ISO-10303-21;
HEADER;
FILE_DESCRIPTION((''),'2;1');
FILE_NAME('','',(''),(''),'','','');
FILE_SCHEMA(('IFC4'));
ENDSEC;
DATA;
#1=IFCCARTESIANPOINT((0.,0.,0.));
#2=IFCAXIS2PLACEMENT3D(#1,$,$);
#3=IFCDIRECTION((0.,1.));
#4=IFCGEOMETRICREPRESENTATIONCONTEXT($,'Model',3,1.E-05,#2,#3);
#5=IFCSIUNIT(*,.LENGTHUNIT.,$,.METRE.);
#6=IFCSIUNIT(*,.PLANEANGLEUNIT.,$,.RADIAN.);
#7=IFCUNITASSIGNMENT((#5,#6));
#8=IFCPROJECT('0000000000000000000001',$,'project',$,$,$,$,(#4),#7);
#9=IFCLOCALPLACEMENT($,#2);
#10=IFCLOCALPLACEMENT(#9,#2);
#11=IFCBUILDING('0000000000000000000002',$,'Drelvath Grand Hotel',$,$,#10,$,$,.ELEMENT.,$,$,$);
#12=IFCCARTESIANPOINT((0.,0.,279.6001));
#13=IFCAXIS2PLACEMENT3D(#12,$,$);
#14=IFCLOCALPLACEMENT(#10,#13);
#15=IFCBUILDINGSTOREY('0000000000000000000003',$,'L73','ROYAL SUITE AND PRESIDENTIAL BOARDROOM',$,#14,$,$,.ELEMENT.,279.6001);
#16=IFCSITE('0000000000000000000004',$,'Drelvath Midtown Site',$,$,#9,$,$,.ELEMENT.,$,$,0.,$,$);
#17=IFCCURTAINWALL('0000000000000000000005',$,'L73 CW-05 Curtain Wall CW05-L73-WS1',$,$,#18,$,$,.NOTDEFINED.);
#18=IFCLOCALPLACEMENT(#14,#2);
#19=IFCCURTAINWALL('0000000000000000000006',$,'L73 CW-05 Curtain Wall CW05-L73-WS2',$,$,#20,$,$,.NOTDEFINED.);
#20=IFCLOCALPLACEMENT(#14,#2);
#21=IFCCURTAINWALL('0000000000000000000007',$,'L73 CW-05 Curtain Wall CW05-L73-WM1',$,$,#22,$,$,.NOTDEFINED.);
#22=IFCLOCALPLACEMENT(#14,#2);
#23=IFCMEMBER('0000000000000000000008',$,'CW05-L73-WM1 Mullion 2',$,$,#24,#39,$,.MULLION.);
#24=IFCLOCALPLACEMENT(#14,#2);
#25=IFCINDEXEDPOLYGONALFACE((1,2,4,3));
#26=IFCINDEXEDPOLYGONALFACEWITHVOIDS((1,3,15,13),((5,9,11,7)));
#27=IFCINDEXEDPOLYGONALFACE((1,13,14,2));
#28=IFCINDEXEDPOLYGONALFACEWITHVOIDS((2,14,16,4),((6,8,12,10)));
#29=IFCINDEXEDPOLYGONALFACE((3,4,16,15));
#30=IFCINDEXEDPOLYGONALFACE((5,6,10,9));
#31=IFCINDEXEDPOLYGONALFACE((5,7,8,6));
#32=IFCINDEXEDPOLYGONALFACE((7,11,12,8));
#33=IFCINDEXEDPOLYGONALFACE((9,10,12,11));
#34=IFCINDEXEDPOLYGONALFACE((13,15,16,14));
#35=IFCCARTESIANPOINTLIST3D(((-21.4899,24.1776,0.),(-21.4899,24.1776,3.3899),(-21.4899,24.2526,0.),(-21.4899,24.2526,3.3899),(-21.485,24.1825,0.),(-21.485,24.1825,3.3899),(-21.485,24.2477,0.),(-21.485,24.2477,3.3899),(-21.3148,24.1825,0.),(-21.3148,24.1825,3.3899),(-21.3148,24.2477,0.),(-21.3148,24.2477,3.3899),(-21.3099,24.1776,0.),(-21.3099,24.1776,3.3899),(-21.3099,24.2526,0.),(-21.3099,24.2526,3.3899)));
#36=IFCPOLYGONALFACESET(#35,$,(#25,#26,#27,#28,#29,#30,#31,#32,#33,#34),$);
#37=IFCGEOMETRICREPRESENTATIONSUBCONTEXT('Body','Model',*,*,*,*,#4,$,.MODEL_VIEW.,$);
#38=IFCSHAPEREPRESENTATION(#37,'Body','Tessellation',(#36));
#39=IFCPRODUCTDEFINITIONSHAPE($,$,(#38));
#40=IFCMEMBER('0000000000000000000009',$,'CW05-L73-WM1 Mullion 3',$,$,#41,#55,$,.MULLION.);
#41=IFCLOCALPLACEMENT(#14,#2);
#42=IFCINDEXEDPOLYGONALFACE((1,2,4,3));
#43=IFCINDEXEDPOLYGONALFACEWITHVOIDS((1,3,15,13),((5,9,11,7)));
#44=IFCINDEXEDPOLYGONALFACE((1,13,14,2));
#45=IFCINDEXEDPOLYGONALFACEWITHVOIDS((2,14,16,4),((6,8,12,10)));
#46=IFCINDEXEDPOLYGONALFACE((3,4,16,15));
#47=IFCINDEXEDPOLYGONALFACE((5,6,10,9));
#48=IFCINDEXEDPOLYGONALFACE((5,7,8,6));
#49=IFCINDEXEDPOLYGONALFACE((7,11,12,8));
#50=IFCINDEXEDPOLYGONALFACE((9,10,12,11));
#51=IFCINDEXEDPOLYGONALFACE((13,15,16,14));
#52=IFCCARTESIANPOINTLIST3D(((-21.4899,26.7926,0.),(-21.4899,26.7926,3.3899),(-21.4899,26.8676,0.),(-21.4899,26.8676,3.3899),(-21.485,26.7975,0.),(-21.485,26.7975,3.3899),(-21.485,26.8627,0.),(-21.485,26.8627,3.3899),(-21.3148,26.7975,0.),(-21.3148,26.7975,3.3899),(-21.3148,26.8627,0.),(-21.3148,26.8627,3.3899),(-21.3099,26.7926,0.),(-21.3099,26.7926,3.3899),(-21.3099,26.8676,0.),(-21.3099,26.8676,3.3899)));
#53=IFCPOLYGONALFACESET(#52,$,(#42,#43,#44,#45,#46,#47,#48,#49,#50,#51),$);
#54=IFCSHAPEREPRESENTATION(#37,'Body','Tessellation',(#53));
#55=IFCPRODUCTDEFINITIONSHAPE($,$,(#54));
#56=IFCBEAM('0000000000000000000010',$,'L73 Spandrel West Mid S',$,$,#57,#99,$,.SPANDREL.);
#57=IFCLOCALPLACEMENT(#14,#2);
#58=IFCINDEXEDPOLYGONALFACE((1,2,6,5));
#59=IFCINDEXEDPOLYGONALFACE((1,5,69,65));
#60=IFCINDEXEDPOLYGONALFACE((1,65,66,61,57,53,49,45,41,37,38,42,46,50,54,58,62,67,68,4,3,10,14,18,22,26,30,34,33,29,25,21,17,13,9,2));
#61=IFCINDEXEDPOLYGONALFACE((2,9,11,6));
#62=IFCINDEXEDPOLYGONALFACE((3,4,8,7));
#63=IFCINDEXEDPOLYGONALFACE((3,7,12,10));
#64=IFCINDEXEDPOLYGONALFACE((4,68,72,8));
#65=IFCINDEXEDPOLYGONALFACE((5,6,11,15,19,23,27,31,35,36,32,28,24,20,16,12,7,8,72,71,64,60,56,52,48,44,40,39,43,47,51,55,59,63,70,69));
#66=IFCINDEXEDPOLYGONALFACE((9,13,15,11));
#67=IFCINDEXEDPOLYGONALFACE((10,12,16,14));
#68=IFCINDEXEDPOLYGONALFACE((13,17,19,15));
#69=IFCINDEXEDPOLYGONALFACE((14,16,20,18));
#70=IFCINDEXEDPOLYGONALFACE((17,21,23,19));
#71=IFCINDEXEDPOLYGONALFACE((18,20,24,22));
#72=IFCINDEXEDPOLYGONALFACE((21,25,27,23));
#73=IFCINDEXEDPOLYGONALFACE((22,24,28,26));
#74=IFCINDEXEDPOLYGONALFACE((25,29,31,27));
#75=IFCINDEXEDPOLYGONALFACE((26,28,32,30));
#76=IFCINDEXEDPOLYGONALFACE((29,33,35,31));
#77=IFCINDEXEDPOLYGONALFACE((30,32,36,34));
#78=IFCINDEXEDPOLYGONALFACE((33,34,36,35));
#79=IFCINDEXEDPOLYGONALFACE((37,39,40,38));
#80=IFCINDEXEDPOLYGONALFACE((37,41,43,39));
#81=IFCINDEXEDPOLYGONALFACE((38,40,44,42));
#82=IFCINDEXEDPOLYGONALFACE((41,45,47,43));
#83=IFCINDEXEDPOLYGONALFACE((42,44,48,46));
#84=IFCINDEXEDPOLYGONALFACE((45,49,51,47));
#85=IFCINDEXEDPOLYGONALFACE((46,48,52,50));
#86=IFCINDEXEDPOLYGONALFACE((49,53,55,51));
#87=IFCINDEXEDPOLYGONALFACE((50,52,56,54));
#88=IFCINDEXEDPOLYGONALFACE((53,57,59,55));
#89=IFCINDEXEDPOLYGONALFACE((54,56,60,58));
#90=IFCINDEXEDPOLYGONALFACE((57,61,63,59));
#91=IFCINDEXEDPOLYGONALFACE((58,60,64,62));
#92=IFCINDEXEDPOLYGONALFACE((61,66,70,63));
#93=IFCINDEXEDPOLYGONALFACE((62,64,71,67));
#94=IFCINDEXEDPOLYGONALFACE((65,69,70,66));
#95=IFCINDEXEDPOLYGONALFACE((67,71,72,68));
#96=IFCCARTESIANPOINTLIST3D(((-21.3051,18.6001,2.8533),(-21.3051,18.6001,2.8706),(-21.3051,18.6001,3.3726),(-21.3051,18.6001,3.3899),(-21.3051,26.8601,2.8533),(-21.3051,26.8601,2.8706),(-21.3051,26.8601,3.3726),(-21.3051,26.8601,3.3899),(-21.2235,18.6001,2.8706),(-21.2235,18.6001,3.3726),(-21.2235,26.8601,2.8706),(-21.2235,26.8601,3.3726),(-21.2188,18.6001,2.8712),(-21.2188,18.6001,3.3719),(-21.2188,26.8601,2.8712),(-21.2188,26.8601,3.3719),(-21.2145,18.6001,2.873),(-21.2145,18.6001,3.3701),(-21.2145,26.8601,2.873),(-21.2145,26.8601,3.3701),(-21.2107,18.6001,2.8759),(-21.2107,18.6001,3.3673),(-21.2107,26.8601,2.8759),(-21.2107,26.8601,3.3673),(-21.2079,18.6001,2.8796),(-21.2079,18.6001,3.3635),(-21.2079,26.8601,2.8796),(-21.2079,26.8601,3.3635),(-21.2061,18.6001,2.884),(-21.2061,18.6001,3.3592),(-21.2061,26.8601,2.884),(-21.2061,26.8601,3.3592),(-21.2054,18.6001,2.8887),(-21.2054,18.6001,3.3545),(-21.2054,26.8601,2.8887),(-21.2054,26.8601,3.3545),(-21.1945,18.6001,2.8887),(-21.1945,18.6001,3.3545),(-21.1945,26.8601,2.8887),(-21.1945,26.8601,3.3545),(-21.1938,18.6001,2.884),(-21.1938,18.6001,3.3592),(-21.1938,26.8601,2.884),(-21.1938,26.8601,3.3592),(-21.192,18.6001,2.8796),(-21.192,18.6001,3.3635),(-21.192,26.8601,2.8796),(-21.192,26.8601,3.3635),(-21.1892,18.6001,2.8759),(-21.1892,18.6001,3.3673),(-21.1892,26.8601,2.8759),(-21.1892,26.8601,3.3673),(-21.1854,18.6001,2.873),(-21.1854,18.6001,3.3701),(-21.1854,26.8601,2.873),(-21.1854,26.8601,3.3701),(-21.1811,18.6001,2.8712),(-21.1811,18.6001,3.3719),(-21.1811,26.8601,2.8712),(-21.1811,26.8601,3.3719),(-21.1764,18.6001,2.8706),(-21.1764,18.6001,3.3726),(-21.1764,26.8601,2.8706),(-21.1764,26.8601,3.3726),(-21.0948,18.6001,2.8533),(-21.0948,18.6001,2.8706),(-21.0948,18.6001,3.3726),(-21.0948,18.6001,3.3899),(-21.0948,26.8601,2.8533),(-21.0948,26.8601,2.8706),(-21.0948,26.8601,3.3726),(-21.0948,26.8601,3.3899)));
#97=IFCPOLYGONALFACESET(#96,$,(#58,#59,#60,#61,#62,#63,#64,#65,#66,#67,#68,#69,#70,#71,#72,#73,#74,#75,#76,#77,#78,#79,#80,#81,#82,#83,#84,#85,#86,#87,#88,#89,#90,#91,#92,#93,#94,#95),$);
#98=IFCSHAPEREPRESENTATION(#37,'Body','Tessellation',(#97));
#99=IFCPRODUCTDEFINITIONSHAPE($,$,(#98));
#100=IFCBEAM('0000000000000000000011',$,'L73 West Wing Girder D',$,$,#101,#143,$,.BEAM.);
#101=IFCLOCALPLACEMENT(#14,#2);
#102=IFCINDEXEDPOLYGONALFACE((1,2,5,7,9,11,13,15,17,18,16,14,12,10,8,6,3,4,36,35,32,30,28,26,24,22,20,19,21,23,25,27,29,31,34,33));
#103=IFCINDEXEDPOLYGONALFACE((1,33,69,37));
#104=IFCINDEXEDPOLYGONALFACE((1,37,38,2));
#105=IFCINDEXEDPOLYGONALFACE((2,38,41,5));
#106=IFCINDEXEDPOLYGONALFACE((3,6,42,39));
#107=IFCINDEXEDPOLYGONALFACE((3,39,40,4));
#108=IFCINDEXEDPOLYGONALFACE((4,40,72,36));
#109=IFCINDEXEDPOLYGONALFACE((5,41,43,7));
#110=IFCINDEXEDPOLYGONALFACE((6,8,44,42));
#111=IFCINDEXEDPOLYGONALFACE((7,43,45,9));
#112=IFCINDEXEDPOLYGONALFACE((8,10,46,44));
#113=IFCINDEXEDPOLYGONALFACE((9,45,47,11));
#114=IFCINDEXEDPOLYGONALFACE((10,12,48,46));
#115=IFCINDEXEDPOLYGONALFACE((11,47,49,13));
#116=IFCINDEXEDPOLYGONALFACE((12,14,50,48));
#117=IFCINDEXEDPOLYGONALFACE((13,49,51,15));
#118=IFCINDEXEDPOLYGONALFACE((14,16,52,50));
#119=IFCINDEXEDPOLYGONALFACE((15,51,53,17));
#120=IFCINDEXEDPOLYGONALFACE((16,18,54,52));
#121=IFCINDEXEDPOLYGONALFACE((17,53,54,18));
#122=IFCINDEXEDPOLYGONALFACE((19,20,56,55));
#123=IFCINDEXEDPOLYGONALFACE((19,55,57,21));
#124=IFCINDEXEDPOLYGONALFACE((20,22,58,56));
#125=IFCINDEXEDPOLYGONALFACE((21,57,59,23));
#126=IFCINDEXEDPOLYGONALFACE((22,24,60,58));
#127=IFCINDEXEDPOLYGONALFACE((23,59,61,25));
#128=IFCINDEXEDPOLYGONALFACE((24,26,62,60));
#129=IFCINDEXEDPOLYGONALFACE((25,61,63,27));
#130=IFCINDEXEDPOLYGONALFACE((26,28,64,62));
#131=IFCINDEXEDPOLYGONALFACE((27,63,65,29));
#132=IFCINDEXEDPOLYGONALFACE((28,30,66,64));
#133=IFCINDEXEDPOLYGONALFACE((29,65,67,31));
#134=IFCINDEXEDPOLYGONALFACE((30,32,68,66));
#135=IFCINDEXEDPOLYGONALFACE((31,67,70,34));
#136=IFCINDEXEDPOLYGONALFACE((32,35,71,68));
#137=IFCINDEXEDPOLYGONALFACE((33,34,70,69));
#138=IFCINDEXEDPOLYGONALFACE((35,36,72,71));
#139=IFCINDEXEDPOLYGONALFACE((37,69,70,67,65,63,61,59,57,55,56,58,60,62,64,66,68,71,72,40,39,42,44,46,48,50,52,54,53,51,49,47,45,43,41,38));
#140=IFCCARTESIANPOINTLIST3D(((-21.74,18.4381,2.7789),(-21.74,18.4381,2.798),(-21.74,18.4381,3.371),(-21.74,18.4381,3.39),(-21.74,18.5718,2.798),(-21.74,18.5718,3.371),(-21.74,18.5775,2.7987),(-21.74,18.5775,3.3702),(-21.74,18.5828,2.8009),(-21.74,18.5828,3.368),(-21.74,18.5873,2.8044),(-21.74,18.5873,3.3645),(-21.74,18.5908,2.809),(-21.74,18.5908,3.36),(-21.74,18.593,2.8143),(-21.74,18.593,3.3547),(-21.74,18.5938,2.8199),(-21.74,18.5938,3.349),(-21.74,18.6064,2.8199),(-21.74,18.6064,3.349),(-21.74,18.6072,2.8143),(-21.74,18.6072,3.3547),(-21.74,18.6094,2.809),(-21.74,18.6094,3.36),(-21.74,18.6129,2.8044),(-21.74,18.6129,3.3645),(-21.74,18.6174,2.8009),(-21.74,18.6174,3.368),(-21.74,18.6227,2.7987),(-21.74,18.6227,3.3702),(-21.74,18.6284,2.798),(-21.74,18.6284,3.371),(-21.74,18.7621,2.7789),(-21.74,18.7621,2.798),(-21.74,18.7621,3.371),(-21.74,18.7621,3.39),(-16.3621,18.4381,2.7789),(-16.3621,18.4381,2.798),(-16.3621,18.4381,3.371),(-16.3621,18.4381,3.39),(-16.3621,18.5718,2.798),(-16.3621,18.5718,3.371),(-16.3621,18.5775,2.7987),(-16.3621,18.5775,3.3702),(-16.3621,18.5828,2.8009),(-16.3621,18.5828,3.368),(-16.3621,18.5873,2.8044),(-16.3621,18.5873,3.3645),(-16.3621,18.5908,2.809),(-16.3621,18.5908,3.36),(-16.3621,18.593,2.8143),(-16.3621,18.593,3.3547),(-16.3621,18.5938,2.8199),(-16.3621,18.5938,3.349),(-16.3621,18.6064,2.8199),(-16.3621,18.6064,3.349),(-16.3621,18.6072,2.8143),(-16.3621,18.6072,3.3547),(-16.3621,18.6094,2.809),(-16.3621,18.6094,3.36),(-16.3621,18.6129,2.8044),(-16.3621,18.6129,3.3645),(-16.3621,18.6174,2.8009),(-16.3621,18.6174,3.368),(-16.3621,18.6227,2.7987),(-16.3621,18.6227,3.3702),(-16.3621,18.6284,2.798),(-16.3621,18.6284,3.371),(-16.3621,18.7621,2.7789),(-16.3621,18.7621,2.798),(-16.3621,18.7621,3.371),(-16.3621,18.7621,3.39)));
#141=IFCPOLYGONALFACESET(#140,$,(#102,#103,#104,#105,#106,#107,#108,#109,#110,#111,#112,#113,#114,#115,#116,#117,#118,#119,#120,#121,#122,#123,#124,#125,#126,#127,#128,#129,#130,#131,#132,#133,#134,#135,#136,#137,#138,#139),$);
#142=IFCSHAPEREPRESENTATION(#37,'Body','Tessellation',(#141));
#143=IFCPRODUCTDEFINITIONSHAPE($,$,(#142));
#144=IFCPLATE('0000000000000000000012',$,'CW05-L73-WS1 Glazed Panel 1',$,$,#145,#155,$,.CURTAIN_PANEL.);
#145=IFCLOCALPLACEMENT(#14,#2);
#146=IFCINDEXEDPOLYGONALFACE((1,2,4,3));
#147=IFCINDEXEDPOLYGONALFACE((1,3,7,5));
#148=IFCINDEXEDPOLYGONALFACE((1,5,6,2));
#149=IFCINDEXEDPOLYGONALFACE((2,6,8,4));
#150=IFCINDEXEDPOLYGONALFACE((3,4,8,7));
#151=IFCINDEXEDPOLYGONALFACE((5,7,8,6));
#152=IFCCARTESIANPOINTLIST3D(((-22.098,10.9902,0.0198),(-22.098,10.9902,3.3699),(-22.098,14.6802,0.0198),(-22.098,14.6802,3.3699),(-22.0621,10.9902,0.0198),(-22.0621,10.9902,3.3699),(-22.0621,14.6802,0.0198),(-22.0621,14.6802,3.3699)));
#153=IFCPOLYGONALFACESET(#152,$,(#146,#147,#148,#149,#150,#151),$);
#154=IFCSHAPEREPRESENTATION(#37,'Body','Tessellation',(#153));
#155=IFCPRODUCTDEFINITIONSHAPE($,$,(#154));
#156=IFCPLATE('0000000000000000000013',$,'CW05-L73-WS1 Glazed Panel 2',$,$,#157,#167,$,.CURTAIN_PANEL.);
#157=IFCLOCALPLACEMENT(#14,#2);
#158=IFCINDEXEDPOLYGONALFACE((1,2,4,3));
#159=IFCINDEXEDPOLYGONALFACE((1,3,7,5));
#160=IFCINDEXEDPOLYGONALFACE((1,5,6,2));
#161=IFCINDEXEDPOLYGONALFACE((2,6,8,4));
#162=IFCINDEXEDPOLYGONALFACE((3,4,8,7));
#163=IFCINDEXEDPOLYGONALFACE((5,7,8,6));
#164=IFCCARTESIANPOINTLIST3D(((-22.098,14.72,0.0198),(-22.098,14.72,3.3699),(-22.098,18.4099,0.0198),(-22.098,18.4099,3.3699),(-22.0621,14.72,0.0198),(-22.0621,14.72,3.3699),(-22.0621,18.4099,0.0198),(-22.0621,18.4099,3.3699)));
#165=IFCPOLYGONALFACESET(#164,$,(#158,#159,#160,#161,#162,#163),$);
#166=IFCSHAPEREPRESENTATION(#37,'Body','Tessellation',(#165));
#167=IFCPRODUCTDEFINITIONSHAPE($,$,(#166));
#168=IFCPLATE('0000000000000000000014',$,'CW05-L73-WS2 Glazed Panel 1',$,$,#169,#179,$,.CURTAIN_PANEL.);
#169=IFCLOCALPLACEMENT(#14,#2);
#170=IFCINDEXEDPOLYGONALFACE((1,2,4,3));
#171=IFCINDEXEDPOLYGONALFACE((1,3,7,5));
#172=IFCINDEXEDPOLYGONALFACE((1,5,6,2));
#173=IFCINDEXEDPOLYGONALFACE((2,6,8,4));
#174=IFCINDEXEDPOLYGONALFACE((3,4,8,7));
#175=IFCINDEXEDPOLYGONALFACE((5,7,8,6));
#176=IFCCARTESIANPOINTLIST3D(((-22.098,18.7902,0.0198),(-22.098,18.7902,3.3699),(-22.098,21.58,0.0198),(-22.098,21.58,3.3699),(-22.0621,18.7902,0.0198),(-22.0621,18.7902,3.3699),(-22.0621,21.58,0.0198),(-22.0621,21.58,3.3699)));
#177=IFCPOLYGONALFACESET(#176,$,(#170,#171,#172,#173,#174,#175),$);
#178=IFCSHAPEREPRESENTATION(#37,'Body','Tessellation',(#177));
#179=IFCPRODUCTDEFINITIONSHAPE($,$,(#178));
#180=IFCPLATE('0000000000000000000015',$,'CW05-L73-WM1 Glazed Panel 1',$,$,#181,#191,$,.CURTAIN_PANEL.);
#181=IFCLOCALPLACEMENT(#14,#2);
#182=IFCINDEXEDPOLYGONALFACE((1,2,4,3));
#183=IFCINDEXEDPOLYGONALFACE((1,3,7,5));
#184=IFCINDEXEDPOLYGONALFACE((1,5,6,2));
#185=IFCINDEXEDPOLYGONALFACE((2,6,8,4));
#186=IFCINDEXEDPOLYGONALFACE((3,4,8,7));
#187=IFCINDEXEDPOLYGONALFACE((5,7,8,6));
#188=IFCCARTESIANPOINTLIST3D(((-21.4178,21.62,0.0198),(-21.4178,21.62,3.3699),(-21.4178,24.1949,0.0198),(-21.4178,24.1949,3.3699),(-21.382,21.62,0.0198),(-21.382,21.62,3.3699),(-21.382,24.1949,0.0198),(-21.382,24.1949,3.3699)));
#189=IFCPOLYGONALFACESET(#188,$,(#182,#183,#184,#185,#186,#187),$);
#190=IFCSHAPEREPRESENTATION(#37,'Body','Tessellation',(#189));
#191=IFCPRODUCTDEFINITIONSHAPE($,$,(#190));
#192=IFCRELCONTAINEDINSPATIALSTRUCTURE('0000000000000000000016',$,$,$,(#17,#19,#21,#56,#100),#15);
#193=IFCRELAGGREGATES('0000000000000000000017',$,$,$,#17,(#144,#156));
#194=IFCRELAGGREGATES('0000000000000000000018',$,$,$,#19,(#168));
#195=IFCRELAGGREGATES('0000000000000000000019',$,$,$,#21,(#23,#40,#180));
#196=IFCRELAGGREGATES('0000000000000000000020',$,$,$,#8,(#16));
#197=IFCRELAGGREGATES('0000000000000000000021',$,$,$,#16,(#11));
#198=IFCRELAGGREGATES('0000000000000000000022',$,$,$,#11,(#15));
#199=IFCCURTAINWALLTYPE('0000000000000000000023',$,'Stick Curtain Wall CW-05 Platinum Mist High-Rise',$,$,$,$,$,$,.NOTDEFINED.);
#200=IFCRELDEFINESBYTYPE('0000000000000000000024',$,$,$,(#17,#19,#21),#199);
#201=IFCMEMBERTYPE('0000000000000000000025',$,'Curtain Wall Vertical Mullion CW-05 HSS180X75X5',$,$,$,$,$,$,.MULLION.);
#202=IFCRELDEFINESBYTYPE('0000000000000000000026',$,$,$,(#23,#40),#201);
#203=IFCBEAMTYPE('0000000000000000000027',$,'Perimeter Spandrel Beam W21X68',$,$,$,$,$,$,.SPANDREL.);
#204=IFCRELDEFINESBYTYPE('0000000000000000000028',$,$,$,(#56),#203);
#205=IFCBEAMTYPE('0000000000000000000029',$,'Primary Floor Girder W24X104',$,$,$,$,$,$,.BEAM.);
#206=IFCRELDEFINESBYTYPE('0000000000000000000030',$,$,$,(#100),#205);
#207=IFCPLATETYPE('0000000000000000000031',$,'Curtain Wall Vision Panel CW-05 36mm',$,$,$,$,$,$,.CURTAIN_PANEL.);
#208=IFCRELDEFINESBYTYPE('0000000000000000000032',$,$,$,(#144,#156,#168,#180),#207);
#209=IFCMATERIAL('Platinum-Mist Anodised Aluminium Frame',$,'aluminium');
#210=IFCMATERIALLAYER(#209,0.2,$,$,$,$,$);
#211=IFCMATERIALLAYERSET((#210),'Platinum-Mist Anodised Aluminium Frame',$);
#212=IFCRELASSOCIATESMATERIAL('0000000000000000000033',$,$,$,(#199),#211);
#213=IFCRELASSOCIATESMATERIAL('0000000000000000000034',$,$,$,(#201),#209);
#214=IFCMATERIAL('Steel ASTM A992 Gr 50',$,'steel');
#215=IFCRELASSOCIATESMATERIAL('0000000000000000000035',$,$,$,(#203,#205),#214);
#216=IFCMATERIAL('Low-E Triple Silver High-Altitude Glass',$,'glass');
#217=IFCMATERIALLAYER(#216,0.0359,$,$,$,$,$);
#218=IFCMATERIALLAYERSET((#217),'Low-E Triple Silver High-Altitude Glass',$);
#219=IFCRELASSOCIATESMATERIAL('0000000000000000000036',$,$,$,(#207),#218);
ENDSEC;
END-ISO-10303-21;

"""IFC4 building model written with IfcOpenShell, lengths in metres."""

from ifc_helpers import new_model, si_unit, direction, frame, origin, origin_2d, place, context, subcontext, project, spatial, rectangle, hollow_rectangle, i_section, extrude, material, layer, layer_set, material_profile, profile_set, type_object, element, aggregate, save


model = new_model("IFC4")

# Units and contexts
model_context = context("Model", 3, precision=1e-05, world=origin(), true_north=direction((0.0, 1.0)))
body_context = subcontext(model_context, "Body", "Model", "MODEL_VIEW")
ifc_project = project(units=[si_unit("LENGTHUNIT", "METRE"), si_unit("PLANEANGLEUNIT", "RADIAN")], contexts=[model_context])

# Site, building, storey
site_placement = place(None, origin())
site = spatial("IfcSite", under=ifc_project, at=site_placement, Name="Drelvath Midtown Site", CompositionType="ELEMENT", RefElevation=0.0)
building_placement = place(site_placement, origin())
building = spatial("IfcBuilding", under=site, at=building_placement, Name="Drelvath Grand Hotel", CompositionType="ELEMENT")
storey_placement = place(building_placement, frame((0.0, 0.0, 279.6001)))
storey = spatial("IfcBuildingStorey", under=building, at=storey_placement, Name="L73", Description="ROYAL SUITE AND PRESIDENTIAL BOARDROOM", CompositionType="ELEMENT", Elevation=279.6001)

# Curtain walls
ifc_material_1 = material(Name="Platinum-Mist Anodised Aluminium Frame", Category="aluminium")
ifc_layer_1 = layer(ifc_material_1, 0.2)
ifc_layer_set_1 = layer_set([ifc_layer_1], Name="Platinum-Mist Anodised Aluminium Frame")
curtain_wall_type = type_object("IfcCurtainWallType", Name="Stick Curtain Wall CW-05 Platinum Mist High-Rise", PredefinedType="NOTDEFINED", material=ifc_layer_set_1)
curtain_wall_1_placement = place(storey_placement, origin())
curtain_wall_1 = element("IfcCurtainWall", 1, at=curtain_wall_1_placement, inside=storey, type_object=curtain_wall_type, Name="L73 CW-05 Curtain Wall CW05-L73-WS1", PredefinedType="NOTDEFINED")
curtain_wall_2_placement = place(storey_placement, origin())
curtain_wall_2 = element("IfcCurtainWall", 2, at=curtain_wall_2_placement, inside=storey, type_object=curtain_wall_type, Name="L73 CW-05 Curtain Wall CW05-L73-WS2", PredefinedType="NOTDEFINED")
curtain_wall_3_placement = place(storey_placement, origin())
curtain_wall_3 = element("IfcCurtainWall", 3, at=curtain_wall_3_placement, inside=storey, type_object=curtain_wall_type, Name="L73 CW-05 Curtain Wall CW05-L73-WM1", PredefinedType="NOTDEFINED")

# Members
ifc_material_profile_1 = material_profile(ifc_material_1, hollow_rectangle(XDim=0.075, YDim=0.1799, WallThickness=0.0049, at=origin_2d()), Name="HSS180X75X5")
ifc_profile_set_1 = profile_set([ifc_material_profile_1], Name="Platinum-Mist Anodised Aluminium Frame")
member_type_1 = type_object("IfcMemberType", Name="Curtain Wall Vertical Mullion CW-05 HSS180X75X5", PredefinedType="MULLION", material=ifc_profile_set_1)
member_1_placement = place(storey_placement, frame((-21.3999, 24.2151, 0.0), z_axis=(0.0, 0.0, 1.0), x_axis=(0.0, 1.0, 0.0)))
member_1 = element("IfcMember", 4, at=member_1_placement, type_object=member_type_1, Name="CW05-L73-WM1 Mullion 2", PredefinedType="MULLION", context=body_context, shape_type="SweptSolid", body=[
    extrude(hollow_rectangle(XDim=0.075, YDim=0.1799, WallThickness=0.0049, at=origin_2d()), origin(), (0.0, 0.0, 1.0), 3.3899),
])
member_2_placement = place(storey_placement, frame((-21.3999, 26.8301, 0.0), z_axis=(0.0, 0.0, 1.0), x_axis=(0.0, 1.0, 0.0)))
member_2 = element("IfcMember", 5, at=member_2_placement, type_object=member_type_1, Name="CW05-L73-WM1 Mullion 3", PredefinedType="MULLION", context=body_context, shape_type="SweptSolid", body=[
    extrude(hollow_rectangle(XDim=0.075, YDim=0.1799, WallThickness=0.0049, at=origin_2d()), origin(), (0.0, 0.0, 1.0), 3.3899),
])

# Beams
ifc_material_2 = material(Name="Steel ASTM A992 Gr 50", Category="steel")
ifc_material_profile_2 = material_profile(ifc_material_2, i_section(OverallWidth=0.2102, OverallDepth=0.5366, WebThickness=0.011, FlangeThickness=0.0173, FilletRadius=0.0181, at=origin_2d()), Name="W21X68")
ifc_profile_set_2 = profile_set([ifc_material_profile_2], Name="Steel ASTM A992 Gr 50")
beam_type_1 = type_object("IfcBeamType", Name="Perimeter Spandrel Beam W21X68", PredefinedType="SPANDREL", material=ifc_profile_set_2)
beam_1_placement = place(storey_placement, frame((-21.2, 18.6001, 3.1216), z_axis=(0.0, 1.0, 0.0), x_axis=(-1.0, 0.0, 0.0)))
element("IfcBeam", 6, at=beam_1_placement, inside=storey, type_object=beam_type_1, Name="L73 Spandrel West Mid S", PredefinedType="SPANDREL", context=body_context, shape_type="SweptSolid", body=[
    extrude(i_section(OverallWidth=0.2102, OverallDepth=0.5366, WebThickness=0.011, FlangeThickness=0.0173, FilletRadius=0.0181, at=origin_2d()), origin(), (0.0, 0.0, 1.0), 8.26),
])
ifc_material_profile_3 = material_profile(ifc_material_2, i_section(OverallWidth=0.324, OverallDepth=0.6111, WebThickness=0.0127, FlangeThickness=0.019, FilletRadius=0.022, at=origin_2d()), Name="W24X104")
ifc_profile_set_3 = profile_set([ifc_material_profile_3], Name="Steel ASTM A992 Gr 50")
beam_type_2 = type_object("IfcBeamType", Name="Primary Floor Girder W24X104", PredefinedType="BEAM", material=ifc_profile_set_3)
beam_2_placement = place(storey_placement, frame((-21.74, 18.6001, 3.0845), z_axis=(1.0, 0.0, 0.0), x_axis=(0.0, 1.0, 0.0)))
element("IfcBeam", 7, at=beam_2_placement, inside=storey, type_object=beam_type_2, Name="L73 West Wing Girder D", PredefinedType="BEAM", context=body_context, shape_type="SweptSolid", body=[
    extrude(i_section(OverallWidth=0.324, OverallDepth=0.6111, WebThickness=0.0127, FlangeThickness=0.019, FilletRadius=0.022, at=origin_2d()), origin(), (0.0, 0.0, 1.0), 5.3779),
])

# Plates
ifc_material_3 = material(Name="Low-E Triple Silver High-Altitude Glass", Category="glass")
ifc_layer_2 = layer(ifc_material_3, 0.0359)
ifc_layer_set_2 = layer_set([ifc_layer_2], Name="Low-E Triple Silver High-Altitude Glass")
plate_type = type_object("IfcPlateType", Name="Curtain Wall Vision Panel CW-05 36mm", PredefinedType="CURTAIN_PANEL", material=ifc_layer_set_2)
plate_1_placement = place(storey_placement, frame((-22.0801, 12.8352, 0.0198), z_axis=(0.0, 0.0, 1.0), x_axis=(0.0, 1.0, 0.0)))
plate_1 = element("IfcPlate", 8, at=plate_1_placement, type_object=plate_type, Name="CW05-L73-WS1 Glazed Panel 1", PredefinedType="CURTAIN_PANEL", context=body_context, shape_type="SweptSolid", body=[
    extrude(rectangle(XDim=3.6899, YDim=0.0359, at=origin_2d()), origin(), (0.0, 0.0, 1.0), 3.3501),
])
plate_2_placement = place(storey_placement, frame((-22.0801, 16.5649, 0.0198), z_axis=(0.0, 0.0, 1.0), x_axis=(0.0, 1.0, 0.0)))
plate_2 = element("IfcPlate", 9, at=plate_2_placement, type_object=plate_type, Name="CW05-L73-WS1 Glazed Panel 2", PredefinedType="CURTAIN_PANEL", context=body_context, shape_type="SweptSolid", body=[
    extrude(rectangle(XDim=3.6899, YDim=0.0359, at=origin_2d()), origin(), (0.0, 0.0, 1.0), 3.3501),
])
aggregate(curtain_wall_1, [plate_1, plate_2])
plate_3_placement = place(storey_placement, frame((-22.0801, 20.1851, 0.0198), z_axis=(0.0, 0.0, 1.0), x_axis=(0.0, 1.0, 0.0)))
plate_3 = element("IfcPlate", 10, at=plate_3_placement, type_object=plate_type, Name="CW05-L73-WS2 Glazed Panel 1", PredefinedType="CURTAIN_PANEL", context=body_context, shape_type="SweptSolid", body=[
    extrude(rectangle(XDim=2.7898, YDim=0.0359, at=origin_2d()), origin(), (0.0, 0.0, 1.0), 3.3501),
])
aggregate(curtain_wall_2, [plate_3])
plate_4_placement = place(storey_placement, frame((-21.3999, 22.9075, 0.0198), z_axis=(0.0, 0.0, 1.0), x_axis=(0.0, 1.0, 0.0)))
plate_4 = element("IfcPlate", 11, at=plate_4_placement, type_object=plate_type, Name="CW05-L73-WM1 Glazed Panel 1", PredefinedType="CURTAIN_PANEL", context=body_context, shape_type="SweptSolid", body=[
    extrude(rectangle(XDim=2.575, YDim=0.0359, at=origin_2d()), origin(), (0.0, 0.0, 1.0), 3.3501),
])
aggregate(curtain_wall_3, [member_1, member_2, plate_4])

save(model, "model.ifc")
